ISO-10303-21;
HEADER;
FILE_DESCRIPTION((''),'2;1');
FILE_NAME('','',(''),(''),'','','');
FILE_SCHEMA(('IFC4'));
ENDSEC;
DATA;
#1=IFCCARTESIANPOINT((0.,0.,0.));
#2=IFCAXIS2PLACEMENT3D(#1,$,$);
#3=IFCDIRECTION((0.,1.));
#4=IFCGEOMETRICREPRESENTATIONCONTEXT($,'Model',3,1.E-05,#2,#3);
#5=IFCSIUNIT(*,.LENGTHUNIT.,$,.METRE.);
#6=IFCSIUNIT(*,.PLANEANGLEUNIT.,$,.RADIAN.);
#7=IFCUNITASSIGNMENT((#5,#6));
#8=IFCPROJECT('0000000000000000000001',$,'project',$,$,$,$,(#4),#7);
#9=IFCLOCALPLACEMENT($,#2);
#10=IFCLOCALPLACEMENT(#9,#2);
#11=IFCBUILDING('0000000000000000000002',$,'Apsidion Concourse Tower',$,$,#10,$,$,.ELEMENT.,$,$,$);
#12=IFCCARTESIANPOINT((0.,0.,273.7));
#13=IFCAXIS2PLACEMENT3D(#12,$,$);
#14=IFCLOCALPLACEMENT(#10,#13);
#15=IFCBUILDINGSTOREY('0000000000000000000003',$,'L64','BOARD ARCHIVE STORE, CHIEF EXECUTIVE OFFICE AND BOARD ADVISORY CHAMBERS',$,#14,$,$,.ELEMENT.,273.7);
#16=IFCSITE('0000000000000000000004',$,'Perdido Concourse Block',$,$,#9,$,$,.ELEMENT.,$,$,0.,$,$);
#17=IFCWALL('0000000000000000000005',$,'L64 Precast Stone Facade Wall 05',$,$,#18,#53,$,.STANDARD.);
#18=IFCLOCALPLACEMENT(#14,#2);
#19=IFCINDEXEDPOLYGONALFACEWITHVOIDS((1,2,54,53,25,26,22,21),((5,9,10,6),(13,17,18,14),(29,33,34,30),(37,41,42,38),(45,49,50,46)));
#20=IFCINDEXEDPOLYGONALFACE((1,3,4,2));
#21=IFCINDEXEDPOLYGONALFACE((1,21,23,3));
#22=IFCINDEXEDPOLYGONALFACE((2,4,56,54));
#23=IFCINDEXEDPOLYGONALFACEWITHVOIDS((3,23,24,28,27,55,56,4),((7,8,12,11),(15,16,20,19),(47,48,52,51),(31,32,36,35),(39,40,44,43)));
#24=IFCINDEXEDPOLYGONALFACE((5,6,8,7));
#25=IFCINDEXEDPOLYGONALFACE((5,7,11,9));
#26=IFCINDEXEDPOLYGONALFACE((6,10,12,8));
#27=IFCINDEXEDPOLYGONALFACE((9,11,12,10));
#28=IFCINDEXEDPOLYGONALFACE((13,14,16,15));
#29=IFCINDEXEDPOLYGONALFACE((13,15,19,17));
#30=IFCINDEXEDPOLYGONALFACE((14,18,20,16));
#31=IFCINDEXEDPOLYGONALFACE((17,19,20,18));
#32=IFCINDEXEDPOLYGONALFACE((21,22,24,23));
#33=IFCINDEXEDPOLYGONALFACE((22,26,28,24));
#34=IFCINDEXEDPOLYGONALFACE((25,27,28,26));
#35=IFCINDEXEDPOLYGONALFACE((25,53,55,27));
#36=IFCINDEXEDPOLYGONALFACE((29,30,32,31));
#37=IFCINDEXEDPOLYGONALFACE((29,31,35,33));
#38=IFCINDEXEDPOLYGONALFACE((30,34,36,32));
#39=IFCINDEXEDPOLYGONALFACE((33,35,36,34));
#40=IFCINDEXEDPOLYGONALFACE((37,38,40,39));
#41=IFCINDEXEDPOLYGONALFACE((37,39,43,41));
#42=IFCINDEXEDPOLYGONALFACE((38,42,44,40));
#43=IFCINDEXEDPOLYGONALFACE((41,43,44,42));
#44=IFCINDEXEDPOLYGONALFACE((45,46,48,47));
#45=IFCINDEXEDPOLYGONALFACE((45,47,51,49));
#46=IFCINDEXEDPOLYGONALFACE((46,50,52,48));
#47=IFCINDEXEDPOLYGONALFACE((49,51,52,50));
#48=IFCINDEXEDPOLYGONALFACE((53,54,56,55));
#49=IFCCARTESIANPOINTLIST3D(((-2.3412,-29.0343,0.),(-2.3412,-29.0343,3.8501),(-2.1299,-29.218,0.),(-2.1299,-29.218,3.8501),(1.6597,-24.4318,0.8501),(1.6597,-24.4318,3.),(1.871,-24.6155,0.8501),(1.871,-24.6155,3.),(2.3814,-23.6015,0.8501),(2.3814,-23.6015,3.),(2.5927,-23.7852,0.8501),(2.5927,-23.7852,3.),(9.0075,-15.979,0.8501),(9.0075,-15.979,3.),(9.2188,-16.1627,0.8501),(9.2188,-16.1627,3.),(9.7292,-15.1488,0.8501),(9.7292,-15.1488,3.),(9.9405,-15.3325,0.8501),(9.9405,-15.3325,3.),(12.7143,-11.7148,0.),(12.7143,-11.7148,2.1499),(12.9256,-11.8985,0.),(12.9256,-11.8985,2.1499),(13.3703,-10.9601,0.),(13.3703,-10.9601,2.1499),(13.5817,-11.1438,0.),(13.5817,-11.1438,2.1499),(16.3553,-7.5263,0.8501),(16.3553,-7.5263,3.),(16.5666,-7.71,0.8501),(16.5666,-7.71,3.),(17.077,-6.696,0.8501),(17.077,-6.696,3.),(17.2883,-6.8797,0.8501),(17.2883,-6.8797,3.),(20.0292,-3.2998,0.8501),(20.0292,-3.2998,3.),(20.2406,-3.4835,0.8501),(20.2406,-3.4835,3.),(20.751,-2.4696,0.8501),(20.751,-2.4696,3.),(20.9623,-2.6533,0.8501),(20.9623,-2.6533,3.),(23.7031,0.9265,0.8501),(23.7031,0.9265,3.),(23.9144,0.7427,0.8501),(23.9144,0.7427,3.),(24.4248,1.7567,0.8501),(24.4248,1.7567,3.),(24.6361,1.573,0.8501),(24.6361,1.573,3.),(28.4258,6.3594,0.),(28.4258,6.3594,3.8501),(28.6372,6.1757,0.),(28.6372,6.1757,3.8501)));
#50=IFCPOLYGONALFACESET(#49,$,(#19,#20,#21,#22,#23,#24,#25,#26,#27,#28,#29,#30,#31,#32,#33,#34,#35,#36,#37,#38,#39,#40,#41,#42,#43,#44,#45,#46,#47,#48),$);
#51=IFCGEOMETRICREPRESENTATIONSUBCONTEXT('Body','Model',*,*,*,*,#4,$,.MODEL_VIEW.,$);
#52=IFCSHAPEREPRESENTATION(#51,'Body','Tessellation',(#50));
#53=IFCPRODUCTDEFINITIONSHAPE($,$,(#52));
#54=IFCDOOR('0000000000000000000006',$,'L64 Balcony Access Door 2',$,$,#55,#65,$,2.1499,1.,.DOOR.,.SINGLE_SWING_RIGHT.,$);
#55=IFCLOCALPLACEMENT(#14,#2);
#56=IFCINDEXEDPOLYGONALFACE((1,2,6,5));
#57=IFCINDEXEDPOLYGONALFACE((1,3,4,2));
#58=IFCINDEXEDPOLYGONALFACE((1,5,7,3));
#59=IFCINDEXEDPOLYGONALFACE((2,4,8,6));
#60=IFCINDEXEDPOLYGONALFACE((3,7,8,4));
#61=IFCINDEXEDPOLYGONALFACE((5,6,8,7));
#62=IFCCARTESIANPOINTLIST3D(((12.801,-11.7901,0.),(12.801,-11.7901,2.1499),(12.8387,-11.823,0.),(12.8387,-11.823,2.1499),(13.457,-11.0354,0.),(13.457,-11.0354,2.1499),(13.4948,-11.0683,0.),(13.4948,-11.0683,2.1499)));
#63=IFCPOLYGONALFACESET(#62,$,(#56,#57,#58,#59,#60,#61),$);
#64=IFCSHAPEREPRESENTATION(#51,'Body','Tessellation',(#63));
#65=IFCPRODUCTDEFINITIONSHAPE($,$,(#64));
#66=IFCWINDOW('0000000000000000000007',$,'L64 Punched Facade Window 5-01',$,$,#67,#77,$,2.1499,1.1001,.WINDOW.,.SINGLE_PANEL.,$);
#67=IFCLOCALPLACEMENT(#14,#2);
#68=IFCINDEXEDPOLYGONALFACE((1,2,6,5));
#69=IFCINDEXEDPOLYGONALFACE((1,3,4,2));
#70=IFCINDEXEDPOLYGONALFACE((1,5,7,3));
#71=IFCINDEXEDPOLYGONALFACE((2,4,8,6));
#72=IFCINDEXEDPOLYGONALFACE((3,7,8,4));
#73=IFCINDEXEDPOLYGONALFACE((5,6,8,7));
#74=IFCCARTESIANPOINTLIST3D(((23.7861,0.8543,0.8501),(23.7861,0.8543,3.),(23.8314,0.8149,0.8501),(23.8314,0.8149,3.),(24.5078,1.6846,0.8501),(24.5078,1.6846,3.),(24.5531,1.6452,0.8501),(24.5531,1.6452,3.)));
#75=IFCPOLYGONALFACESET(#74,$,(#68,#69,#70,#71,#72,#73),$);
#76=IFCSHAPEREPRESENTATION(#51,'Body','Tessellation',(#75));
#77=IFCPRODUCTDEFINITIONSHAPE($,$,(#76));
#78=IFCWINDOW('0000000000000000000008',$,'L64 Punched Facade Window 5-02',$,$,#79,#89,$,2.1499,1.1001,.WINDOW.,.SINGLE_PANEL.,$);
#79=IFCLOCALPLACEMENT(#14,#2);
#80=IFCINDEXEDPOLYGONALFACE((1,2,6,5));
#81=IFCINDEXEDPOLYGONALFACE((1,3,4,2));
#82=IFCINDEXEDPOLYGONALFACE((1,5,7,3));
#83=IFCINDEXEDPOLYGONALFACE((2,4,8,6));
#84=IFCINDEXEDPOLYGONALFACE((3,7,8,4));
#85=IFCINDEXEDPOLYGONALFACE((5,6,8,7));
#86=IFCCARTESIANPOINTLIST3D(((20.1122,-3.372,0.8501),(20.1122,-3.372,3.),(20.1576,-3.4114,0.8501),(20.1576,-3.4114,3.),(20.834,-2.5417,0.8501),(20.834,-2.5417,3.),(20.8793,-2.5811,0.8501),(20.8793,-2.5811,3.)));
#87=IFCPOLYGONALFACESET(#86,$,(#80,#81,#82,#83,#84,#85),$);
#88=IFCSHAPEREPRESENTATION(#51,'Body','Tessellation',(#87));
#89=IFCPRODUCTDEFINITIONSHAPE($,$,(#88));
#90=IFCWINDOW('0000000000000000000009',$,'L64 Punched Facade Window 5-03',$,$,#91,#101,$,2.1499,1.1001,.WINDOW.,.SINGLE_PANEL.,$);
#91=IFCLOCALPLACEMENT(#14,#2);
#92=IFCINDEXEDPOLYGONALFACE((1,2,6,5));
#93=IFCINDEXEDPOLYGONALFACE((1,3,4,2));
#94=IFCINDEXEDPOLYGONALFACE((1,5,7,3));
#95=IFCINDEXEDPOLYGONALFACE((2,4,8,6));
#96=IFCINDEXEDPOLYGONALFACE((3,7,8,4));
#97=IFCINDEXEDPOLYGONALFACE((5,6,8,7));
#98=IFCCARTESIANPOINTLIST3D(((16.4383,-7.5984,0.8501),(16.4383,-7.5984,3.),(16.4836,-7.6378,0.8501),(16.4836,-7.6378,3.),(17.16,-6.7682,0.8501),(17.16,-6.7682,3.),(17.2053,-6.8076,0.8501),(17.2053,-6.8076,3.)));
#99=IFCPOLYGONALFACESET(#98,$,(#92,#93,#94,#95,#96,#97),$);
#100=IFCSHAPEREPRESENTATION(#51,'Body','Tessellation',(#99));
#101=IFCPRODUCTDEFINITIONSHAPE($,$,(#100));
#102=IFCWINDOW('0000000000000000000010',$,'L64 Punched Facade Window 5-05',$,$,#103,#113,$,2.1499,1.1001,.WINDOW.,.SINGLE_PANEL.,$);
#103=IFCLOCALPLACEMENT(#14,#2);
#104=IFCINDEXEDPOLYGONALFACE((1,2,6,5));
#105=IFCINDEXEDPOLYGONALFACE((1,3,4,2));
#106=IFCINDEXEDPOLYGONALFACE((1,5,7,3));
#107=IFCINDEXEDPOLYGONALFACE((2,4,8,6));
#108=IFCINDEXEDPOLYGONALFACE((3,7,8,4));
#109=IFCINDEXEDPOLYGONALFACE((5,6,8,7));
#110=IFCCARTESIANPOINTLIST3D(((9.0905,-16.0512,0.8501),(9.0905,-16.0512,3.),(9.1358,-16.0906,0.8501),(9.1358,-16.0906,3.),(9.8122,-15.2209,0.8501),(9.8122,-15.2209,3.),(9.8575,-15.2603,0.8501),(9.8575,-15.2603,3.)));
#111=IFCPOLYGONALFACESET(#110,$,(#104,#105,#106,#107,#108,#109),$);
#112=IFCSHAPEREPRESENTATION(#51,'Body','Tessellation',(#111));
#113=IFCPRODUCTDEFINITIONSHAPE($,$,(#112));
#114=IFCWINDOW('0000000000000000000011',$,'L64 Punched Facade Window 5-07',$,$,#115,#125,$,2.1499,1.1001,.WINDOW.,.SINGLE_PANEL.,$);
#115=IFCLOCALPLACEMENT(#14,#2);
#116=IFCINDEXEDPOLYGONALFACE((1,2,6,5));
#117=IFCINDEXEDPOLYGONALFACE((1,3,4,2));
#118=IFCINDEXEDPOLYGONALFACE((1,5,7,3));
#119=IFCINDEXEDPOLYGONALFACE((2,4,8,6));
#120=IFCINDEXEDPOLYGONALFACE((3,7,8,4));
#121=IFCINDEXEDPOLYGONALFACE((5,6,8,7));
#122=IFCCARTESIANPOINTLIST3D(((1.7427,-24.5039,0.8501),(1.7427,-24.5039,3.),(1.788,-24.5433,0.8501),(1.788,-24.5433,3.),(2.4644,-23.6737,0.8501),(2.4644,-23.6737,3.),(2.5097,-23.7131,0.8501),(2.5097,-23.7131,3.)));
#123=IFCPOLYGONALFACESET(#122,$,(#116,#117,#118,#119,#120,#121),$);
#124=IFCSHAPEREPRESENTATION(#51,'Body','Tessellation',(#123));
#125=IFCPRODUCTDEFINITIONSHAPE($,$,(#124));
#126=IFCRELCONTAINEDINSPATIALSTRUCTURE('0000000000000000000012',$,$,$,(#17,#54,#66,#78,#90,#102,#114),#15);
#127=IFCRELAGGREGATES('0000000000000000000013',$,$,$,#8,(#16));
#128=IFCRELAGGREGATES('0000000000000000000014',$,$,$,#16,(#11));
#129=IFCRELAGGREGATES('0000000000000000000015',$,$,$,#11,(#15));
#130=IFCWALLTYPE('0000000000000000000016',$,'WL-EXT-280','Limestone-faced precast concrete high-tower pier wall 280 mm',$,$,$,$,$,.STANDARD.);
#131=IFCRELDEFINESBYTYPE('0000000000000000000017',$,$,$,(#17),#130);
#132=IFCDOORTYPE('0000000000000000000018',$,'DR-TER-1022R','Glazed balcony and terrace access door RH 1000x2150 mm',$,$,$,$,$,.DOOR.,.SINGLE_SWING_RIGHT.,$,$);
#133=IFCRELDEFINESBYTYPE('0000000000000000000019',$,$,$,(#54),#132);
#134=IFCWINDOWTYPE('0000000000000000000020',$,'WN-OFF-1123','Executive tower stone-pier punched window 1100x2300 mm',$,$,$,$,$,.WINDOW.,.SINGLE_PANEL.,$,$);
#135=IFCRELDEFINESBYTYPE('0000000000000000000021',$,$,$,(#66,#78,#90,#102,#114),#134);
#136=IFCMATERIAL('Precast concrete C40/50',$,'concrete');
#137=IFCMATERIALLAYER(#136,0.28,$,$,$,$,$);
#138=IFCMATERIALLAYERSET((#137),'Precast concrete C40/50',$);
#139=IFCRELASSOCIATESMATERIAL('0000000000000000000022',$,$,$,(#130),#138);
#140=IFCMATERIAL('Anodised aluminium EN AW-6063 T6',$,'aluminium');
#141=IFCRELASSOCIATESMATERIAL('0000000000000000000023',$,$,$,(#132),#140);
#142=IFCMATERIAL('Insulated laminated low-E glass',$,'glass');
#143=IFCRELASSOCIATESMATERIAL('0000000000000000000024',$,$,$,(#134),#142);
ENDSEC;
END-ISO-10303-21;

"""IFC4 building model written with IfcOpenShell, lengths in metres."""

from ifc_helpers import new_model, si_unit, direction, frame, frame_2d, origin, place, context, subcontext, project, spatial, rectangle, extrude, material, layer, layer_set, type_object, element, fill, save


model = new_model("IFC4")

# Units and contexts
model_context = context("Model", 3, precision=1e-05, world=origin(), true_north=direction((0.0, 1.0)))
body_context = subcontext(model_context, "Body", "Model", "MODEL_VIEW")
ifc_project = project(units=[si_unit("LENGTHUNIT", "METRE"), si_unit("PLANEANGLEUNIT", "RADIAN")], contexts=[model_context])

# Site, building, storey
site_placement = place(None, origin())
site = spatial("IfcSite", under=ifc_project, at=site_placement, Name="Perdido Concourse Block", CompositionType="ELEMENT", RefElevation=0.0)
building_placement = place(site_placement, origin())
building = spatial("IfcBuilding", under=site, at=building_placement, Name="Apsidion Concourse Tower", CompositionType="ELEMENT")
storey_placement = place(building_placement, frame((0.0, 0.0, 273.7)))
storey = spatial("IfcBuildingStorey", under=building, at=storey_placement, Name="L64", Description="BOARD ARCHIVE STORE, CHIEF EXECUTIVE OFFICE AND BOARD ADVISORY CHAMBERS", CompositionType="ELEMENT", Elevation=273.7)

# Shared definitions
ifc_material_1 = material(Name="Precast concrete C40/50", Category="concrete")
ifc_layer_1 = layer(ifc_material_1, 0.28)
ifc_layer_set_1 = layer_set([ifc_layer_1], Name="Precast concrete C40/50")
wall_type_1 = type_object("IfcWallType", Name="WL-EXT-280", Description="Limestone-faced precast concrete high-tower pier wall 280 mm", PredefinedType="STANDARD", material=ifc_layer_set_1)

# Wall, openings, door, windows
wall_1_placement = place(storey_placement, frame((28.5315, 6.2676, 0.0), z_axis=(0.0, 0.0, 1.0), x_axis=(-0.656056, -0.754712, 0.0)))
wall_1 = element("IfcWall", 1, at=wall_1_placement, inside=storey, type_object=wall_type_1, Name="L64 Precast Stone Facade Wall 05", PredefinedType="STANDARD", context=body_context, shape_type="SweptSolid", body=[
    extrude(rectangle(XDim=46.897, YDim=0.28, at=frame_2d((23.4485, 0.0))), origin(), (0.0, 0.0, 1.0), 3.8501),
])
opening_1_placement = place(wall_1_placement, frame((22.9485, 0.0, 0.0)))
opening_1 = element("IfcOpeningElement", 2, at=opening_1_placement, cuts=wall_1, PredefinedType="OPENING", context=body_context, shape_type="SweptSolid", body=[
    extrude(rectangle(XDim=1.0, YDim=2.1499, at=frame_2d((0.5, 1.075))), frame((0.0, 0.1499, 0.0), z_axis=(0.0, -1.0, 0.0), x_axis=(1.0, 0.0, 0.0)), (0.0, 0.0, 1.0), 0.3),
])
opening_2_placement = place(wall_1_placement, frame((6.0986, 0.0, 0.8501)))
opening_2 = element("IfcOpeningElement", 3, at=opening_2_placement, cuts=wall_1, PredefinedType="OPENING", context=body_context, shape_type="SweptSolid", body=[
    extrude(rectangle(XDim=1.1001, YDim=2.1499, at=frame_2d((0.55, 1.075))), frame((0.0, 0.1499, 0.0), z_axis=(0.0, -1.0, 0.0), x_axis=(1.0, 0.0, 0.0)), (0.0, 0.0, 1.0), 0.3),
])
opening_3_placement = place(wall_1_placement, frame((11.6985, 0.0, 0.8501)))
opening_3 = element("IfcOpeningElement", 4, at=opening_3_placement, cuts=wall_1, PredefinedType="OPENING", context=body_context, shape_type="SweptSolid", body=[
    extrude(rectangle(XDim=1.1001, YDim=2.1499, at=frame_2d((0.55, 1.075))), frame((0.0, 0.1499, 0.0), z_axis=(0.0, -1.0, 0.0), x_axis=(1.0, 0.0, 0.0)), (0.0, 0.0, 1.0), 0.3),
])
opening_4_placement = place(wall_1_placement, frame((17.2986, 0.0, 0.8501)))
opening_4 = element("IfcOpeningElement", 5, at=opening_4_placement, cuts=wall_1, PredefinedType="OPENING", context=body_context, shape_type="SweptSolid", body=[
    extrude(rectangle(XDim=1.1001, YDim=2.1499, at=frame_2d((0.55, 1.075))), frame((0.0, 0.1499, 0.0), z_axis=(0.0, -1.0, 0.0), x_axis=(1.0, 0.0, 0.0)), (0.0, 0.0, 1.0), 0.3),
])
opening_5_placement = place(wall_1_placement, frame((28.4985, 0.0, 0.8501)))
opening_5 = element("IfcOpeningElement", 6, at=opening_5_placement, cuts=wall_1, PredefinedType="OPENING", context=body_context, shape_type="SweptSolid", body=[
    extrude(rectangle(XDim=1.1001, YDim=2.1499, at=frame_2d((0.55, 1.075))), frame((0.0, 0.1499, 0.0), z_axis=(0.0, -1.0, 0.0), x_axis=(1.0, 0.0, 0.0)), (0.0, 0.0, 1.0), 0.3),
])
opening_6_placement = place(wall_1_placement, frame((39.6985, 0.0, 0.8501)))
opening_6 = element("IfcOpeningElement", 7, at=opening_6_placement, cuts=wall_1, PredefinedType="OPENING", context=body_context, shape_type="SweptSolid", body=[
    extrude(rectangle(XDim=1.1001, YDim=2.1499, at=frame_2d((0.55, 1.075))), frame((0.0, 0.1499, 0.0), z_axis=(0.0, -1.0, 0.0), x_axis=(1.0, 0.0, 0.0)), (0.0, 0.0, 1.0), 0.3),
])
ifc_material_2 = material(Name="Anodised aluminium EN AW-6063 T6", Category="aluminium")
door_type_1 = type_object("IfcDoorType", Name="DR-TER-1022R", Description="Glazed balcony and terrace access door RH 1000x2150 mm", OperationType="SINGLE_SWING_RIGHT", PredefinedType="DOOR", material=ifc_material_2)
door_1_placement = place(opening_1_placement, origin())
door_1 = element("IfcDoor", 8, at=door_1_placement, inside=storey, type_object=door_type_1, Name="L64 Balcony Access Door 2", OperationType="SINGLE_SWING_RIGHT", OverallHeight=2.1499, OverallWidth=1.0, PredefinedType="DOOR", context=body_context, shape_type="SweptSolid", body=[
    extrude(rectangle(XDim=1.0, YDim=2.1499, at=frame_2d((0.5, 1.075))), frame((0.0, 0.0249, 0.0), z_axis=(0.0, -1.0, 0.0), x_axis=(1.0, 0.0, 0.0)), (0.0, 0.0, 1.0), 0.05),
])
fill(opening_1, door_1)
ifc_material_3 = material(Name="Insulated laminated low-E glass", Category="glass")
window_type = type_object("IfcWindowType", Name="WN-OFF-1123", Description="Executive tower stone-pier punched window 1100x2300 mm", PartitioningType="SINGLE_PANEL", PredefinedType="WINDOW", material=ifc_material_3)
window_1_placement = place(opening_2_placement, origin())
window_1 = element("IfcWindow", 9, at=window_1_placement, inside=storey, type_object=window_type, Name="L64 Punched Facade Window 5-01", OverallHeight=2.1499, OverallWidth=1.1001, PartitioningType="SINGLE_PANEL", PredefinedType="WINDOW", context=body_context, shape_type="SweptSolid", body=[
    extrude(rectangle(XDim=1.1001, YDim=2.1499, at=frame_2d((0.55, 1.075))), frame((0.0, 0.03, 0.0), z_axis=(0.0, -1.0, 0.0), x_axis=(1.0, 0.0, 0.0)), (0.0, 0.0, 1.0), 0.0601),
])
fill(opening_2, window_1)
window_2_placement = place(opening_3_placement, origin())
window_2 = element("IfcWindow", 10, at=window_2_placement, inside=storey, type_object=window_type, Name="L64 Punched Facade Window 5-02", OverallHeight=2.1499, OverallWidth=1.1001, PartitioningType="SINGLE_PANEL", PredefinedType="WINDOW", context=body_context, shape_type="SweptSolid", body=[
    extrude(rectangle(XDim=1.1001, YDim=2.1499, at=frame_2d((0.55, 1.075))), frame((0.0, 0.03, 0.0), z_axis=(0.0, -1.0, 0.0), x_axis=(1.0, 0.0, 0.0)), (0.0, 0.0, 1.0), 0.0601),
])
fill(opening_3, window_2)
window_3_placement = place(opening_4_placement, origin())
window_3 = element("IfcWindow", 11, at=window_3_placement, inside=storey, type_object=window_type, Name="L64 Punched Facade Window 5-03", OverallHeight=2.1499, OverallWidth=1.1001, PartitioningType="SINGLE_PANEL", PredefinedType="WINDOW", context=body_context, shape_type="SweptSolid", body=[
    extrude(rectangle(XDim=1.1001, YDim=2.1499, at=frame_2d((0.55, 1.075))), frame((0.0, 0.03, 0.0), z_axis=(0.0, -1.0, 0.0), x_axis=(1.0, 0.0, 0.0)), (0.0, 0.0, 1.0), 0.0601),
])
fill(opening_4, window_3)
window_4_placement = place(opening_5_placement, origin())
window_4 = element("IfcWindow", 12, at=window_4_placement, inside=storey, type_object=window_type, Name="L64 Punched Facade Window 5-05", OverallHeight=2.1499, OverallWidth=1.1001, PartitioningType="SINGLE_PANEL", PredefinedType="WINDOW", context=body_context, shape_type="SweptSolid", body=[
    extrude(rectangle(XDim=1.1001, YDim=2.1499, at=frame_2d((0.55, 1.075))), frame((0.0, 0.03, 0.0), z_axis=(0.0, -1.0, 0.0), x_axis=(1.0, 0.0, 0.0)), (0.0, 0.0, 1.0), 0.0601),
])
fill(opening_5, window_4)
window_5_placement = place(opening_6_placement, origin())
window_5 = element("IfcWindow", 13, at=window_5_placement, inside=storey, type_object=window_type, Name="L64 Punched Facade Window 5-07", OverallHeight=2.1499, OverallWidth=1.1001, PartitioningType="SINGLE_PANEL", PredefinedType="WINDOW", context=body_context, shape_type="SweptSolid", body=[
    extrude(rectangle(XDim=1.1001, YDim=2.1499, at=frame_2d((0.55, 1.075))), frame((0.0, 0.03, 0.0), z_axis=(0.0, -1.0, 0.0), x_axis=(1.0, 0.0, 0.0)), (0.0, 0.0, 1.0), 0.0601),
])
fill(opening_6, window_5)

save(model, "model.ifc")
